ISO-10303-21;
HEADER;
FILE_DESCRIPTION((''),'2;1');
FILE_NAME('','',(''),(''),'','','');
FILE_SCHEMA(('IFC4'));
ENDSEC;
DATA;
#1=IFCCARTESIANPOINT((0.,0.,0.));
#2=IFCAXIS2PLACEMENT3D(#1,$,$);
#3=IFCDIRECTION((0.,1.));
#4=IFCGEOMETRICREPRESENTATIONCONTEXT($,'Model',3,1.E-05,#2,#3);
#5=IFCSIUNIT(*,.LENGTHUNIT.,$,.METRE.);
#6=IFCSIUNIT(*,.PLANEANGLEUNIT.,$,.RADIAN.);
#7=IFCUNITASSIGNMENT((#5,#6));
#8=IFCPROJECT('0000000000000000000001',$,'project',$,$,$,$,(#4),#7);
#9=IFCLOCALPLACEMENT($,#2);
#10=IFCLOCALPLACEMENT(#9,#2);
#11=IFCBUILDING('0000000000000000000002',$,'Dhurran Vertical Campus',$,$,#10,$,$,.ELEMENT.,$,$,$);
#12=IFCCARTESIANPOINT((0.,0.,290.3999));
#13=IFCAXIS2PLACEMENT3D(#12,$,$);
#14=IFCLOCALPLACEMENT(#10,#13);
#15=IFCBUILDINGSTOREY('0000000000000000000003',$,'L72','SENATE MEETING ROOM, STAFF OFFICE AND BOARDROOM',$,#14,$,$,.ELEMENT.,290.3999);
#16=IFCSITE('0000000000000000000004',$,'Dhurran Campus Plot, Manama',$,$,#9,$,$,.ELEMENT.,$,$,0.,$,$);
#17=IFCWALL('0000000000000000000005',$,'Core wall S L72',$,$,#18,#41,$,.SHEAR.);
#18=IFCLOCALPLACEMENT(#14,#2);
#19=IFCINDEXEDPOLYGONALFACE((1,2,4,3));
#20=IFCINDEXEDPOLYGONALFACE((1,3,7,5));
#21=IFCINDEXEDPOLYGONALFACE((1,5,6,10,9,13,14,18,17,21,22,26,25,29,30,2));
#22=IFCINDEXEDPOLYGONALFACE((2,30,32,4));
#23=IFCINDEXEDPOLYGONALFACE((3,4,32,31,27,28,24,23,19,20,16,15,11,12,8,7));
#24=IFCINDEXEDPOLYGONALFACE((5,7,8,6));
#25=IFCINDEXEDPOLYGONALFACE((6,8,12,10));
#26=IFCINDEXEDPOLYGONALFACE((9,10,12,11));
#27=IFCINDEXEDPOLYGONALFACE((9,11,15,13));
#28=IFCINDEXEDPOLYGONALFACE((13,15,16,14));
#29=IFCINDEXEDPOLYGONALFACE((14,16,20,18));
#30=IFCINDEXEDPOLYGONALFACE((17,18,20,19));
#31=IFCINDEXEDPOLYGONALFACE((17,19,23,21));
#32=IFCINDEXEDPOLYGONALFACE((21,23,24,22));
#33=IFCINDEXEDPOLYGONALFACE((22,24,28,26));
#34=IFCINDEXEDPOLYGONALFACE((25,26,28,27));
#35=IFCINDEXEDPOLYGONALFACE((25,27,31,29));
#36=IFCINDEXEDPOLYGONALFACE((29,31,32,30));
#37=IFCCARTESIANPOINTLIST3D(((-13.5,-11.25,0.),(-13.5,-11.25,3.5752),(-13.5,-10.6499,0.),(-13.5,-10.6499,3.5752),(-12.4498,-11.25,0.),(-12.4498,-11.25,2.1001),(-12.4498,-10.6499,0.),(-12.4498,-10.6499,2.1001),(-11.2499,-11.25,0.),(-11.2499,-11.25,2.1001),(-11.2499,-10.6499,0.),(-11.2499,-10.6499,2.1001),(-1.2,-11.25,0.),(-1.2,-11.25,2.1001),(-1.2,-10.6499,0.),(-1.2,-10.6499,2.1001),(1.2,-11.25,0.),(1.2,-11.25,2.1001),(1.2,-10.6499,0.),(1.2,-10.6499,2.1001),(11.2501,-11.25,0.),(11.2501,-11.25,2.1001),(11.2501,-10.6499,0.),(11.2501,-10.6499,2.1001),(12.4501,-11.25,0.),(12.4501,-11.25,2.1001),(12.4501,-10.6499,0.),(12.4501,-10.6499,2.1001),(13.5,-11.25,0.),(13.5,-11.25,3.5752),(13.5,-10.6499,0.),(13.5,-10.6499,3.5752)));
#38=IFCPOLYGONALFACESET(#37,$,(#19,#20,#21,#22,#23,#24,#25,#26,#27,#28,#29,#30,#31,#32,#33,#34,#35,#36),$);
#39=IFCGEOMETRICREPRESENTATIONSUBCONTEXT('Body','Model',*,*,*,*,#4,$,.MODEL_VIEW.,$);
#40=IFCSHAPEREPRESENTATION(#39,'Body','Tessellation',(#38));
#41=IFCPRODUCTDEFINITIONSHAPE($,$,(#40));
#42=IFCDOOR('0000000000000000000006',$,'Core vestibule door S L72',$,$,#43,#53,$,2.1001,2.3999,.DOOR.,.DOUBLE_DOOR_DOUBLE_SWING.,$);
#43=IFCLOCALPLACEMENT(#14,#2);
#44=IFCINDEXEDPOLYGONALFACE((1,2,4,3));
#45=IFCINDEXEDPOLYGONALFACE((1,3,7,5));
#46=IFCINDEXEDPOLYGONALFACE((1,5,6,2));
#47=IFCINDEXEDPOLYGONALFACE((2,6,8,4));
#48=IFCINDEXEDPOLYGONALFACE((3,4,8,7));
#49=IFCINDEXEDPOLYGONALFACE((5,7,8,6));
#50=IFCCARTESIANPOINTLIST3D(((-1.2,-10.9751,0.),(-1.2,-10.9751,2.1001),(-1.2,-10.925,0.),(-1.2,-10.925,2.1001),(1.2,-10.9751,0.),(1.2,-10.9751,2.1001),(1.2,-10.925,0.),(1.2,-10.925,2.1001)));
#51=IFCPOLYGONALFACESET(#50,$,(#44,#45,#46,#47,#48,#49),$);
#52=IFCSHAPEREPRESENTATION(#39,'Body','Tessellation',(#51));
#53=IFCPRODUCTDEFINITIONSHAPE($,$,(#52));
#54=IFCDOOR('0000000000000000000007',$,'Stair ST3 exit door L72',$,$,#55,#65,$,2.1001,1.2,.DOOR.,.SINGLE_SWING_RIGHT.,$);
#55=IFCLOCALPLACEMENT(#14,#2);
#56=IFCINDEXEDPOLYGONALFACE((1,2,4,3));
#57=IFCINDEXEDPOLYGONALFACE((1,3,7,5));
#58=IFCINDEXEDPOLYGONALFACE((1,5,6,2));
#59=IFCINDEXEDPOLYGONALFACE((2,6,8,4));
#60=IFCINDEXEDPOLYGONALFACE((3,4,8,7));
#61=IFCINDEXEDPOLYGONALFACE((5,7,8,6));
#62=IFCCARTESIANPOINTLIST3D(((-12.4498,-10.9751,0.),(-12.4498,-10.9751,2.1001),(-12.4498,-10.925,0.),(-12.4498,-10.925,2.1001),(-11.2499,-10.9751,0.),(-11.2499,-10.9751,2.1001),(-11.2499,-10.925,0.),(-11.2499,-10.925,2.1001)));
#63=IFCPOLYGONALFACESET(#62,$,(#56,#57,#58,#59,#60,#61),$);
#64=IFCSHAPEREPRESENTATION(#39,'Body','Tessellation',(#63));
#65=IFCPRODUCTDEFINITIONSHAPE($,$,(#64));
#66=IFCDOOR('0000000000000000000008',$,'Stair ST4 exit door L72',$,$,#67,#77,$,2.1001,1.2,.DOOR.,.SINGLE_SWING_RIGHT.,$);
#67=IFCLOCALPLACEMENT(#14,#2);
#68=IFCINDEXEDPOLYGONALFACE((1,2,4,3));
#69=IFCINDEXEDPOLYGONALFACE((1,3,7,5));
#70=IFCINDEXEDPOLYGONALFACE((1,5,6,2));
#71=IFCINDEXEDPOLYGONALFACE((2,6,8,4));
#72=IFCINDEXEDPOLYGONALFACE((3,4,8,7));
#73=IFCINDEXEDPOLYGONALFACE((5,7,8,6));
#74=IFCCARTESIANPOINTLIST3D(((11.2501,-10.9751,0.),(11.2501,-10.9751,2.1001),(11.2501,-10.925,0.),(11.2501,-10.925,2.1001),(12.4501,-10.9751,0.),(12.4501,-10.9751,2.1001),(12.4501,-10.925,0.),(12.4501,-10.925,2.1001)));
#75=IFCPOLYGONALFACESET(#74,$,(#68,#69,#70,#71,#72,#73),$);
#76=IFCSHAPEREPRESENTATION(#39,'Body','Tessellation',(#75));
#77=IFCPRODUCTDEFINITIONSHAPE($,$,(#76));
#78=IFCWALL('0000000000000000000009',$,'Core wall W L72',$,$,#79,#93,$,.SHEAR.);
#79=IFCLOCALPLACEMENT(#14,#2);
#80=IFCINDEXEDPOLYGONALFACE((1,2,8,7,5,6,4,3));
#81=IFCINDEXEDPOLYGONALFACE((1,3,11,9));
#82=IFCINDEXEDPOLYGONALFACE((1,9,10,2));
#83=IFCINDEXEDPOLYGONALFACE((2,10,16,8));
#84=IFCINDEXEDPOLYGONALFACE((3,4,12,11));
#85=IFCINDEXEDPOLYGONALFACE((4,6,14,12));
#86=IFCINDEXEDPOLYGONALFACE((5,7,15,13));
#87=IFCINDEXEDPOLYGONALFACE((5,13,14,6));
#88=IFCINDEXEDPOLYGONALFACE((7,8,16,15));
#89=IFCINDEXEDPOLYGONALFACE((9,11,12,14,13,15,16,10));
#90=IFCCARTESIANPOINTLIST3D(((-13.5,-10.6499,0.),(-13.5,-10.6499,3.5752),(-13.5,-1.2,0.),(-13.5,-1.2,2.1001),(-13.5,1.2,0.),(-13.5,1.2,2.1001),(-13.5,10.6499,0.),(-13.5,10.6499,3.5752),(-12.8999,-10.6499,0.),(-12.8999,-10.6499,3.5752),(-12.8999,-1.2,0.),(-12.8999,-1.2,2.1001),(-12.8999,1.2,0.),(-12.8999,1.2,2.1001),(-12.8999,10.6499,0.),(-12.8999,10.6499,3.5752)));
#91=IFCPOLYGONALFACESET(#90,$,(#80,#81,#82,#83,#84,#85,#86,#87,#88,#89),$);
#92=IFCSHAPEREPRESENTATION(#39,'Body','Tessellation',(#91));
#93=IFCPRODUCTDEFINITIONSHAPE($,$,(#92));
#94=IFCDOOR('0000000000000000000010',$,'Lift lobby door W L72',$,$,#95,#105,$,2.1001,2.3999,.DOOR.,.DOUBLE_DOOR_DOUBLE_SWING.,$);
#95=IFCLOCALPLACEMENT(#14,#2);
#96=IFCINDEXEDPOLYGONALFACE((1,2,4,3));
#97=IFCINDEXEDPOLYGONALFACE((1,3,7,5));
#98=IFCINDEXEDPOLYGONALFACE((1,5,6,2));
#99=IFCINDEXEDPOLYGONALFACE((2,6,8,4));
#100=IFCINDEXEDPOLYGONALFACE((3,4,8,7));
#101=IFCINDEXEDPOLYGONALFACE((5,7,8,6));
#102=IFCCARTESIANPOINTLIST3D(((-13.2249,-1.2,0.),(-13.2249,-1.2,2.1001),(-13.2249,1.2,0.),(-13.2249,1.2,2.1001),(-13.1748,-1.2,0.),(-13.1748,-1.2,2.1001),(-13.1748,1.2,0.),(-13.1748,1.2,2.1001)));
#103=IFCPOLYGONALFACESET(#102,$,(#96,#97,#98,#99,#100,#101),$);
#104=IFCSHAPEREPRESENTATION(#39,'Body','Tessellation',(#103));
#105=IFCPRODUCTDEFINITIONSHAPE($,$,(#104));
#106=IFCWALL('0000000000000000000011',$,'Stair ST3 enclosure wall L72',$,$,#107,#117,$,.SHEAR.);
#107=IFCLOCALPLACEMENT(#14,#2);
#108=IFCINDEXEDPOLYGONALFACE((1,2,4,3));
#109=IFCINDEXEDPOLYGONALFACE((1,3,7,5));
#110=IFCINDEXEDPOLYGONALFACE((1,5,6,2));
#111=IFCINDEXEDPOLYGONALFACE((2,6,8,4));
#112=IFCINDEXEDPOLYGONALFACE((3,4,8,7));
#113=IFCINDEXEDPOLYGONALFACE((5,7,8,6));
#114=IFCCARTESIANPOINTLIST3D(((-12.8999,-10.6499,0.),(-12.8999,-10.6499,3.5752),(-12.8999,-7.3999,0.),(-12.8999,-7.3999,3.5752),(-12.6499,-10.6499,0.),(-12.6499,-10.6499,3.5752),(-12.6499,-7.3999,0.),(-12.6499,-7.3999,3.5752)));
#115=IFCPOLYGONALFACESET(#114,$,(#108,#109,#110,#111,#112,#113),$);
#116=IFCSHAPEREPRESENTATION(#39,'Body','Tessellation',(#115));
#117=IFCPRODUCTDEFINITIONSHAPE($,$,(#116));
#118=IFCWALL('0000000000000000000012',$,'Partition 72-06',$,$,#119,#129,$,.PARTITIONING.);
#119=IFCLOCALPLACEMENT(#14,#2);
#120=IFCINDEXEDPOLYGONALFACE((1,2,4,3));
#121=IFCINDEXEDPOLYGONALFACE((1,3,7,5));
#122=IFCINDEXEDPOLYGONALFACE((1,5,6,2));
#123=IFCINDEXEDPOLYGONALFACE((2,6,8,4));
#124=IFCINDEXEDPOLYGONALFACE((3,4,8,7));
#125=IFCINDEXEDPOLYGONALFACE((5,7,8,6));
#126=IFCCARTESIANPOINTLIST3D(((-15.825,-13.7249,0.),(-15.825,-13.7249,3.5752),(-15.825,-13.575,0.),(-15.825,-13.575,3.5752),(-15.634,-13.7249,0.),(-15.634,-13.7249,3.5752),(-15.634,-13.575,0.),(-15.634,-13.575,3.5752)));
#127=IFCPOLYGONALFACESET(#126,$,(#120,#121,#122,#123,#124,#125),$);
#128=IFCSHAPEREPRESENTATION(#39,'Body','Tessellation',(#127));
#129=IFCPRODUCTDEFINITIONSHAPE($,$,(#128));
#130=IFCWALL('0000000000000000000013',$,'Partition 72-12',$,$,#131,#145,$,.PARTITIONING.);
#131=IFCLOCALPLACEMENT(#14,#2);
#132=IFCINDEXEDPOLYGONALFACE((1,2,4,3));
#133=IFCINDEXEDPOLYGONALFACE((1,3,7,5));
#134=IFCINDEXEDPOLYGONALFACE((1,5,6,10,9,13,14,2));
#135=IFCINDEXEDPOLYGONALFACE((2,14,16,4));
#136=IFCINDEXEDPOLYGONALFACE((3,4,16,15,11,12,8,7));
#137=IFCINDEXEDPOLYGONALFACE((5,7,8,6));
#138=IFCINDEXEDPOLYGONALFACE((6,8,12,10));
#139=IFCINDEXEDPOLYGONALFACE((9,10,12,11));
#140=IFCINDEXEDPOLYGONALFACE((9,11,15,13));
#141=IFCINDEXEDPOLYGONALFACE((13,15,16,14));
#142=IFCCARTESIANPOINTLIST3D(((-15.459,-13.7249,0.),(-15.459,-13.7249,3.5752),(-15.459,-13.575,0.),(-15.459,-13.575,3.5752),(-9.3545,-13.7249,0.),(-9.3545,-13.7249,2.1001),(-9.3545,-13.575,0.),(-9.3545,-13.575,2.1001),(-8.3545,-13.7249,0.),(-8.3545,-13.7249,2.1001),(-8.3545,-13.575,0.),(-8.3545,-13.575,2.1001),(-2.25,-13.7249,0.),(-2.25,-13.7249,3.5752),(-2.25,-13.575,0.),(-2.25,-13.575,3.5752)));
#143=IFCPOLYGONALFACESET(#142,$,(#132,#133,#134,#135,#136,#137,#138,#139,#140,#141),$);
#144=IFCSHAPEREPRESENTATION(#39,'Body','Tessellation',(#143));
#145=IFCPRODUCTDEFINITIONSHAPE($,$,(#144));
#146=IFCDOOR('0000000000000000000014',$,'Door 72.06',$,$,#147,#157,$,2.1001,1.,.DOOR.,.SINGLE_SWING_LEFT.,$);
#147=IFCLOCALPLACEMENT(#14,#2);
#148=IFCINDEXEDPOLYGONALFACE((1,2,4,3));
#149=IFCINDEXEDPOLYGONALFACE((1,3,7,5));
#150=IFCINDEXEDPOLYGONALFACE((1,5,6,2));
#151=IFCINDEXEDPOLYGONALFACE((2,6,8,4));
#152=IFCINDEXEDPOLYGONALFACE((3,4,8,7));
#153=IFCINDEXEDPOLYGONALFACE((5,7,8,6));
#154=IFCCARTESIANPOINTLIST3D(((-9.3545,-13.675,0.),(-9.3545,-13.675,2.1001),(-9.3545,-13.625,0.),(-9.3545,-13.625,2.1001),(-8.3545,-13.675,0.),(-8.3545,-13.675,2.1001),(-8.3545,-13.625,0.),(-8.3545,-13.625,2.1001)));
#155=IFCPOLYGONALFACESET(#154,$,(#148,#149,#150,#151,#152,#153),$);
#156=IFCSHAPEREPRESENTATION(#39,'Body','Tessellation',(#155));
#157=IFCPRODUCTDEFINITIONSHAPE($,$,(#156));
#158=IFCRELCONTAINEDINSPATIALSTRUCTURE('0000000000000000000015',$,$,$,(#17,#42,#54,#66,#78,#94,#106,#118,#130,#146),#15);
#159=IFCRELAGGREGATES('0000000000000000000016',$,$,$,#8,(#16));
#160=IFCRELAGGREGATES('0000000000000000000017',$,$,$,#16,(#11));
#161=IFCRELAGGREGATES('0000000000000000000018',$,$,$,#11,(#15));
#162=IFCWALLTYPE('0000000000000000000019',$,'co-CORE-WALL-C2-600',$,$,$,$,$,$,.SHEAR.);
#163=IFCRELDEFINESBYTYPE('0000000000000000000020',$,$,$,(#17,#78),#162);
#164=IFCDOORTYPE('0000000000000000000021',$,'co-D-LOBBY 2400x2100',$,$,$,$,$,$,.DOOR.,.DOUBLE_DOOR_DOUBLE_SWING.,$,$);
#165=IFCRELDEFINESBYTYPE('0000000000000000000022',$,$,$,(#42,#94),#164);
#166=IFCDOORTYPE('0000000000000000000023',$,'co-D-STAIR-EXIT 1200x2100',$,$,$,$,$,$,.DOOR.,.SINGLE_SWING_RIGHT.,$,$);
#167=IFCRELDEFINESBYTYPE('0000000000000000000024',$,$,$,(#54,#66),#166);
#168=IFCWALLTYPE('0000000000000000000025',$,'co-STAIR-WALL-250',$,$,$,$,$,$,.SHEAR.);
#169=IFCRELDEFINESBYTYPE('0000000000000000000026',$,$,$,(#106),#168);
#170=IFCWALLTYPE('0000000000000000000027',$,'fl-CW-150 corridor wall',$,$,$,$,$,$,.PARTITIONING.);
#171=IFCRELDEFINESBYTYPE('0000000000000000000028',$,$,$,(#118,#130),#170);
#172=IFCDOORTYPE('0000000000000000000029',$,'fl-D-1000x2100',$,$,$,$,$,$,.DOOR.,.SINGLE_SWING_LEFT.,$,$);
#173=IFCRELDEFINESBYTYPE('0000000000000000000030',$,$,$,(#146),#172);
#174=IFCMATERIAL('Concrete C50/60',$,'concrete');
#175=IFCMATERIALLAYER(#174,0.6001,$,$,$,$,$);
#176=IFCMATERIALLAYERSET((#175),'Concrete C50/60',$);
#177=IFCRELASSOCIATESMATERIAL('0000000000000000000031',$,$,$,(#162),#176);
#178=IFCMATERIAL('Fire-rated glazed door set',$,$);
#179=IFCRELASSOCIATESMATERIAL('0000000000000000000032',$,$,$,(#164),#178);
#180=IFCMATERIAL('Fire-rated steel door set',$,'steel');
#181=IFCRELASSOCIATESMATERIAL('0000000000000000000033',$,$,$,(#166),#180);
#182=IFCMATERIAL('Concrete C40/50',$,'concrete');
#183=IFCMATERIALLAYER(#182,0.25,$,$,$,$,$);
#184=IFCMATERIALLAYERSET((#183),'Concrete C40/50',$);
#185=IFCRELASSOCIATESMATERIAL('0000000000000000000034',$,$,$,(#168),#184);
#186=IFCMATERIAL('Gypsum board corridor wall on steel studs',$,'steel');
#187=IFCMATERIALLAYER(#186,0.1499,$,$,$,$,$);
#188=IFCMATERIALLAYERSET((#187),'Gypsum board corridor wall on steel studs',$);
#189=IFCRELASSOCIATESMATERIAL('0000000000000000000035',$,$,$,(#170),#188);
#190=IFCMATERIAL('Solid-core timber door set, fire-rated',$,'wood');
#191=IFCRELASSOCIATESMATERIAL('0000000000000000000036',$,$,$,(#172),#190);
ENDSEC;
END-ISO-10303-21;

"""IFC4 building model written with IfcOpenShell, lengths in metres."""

from ifc_helpers import new_model, si_unit, direction, frame, frame_2d, origin, place, context, subcontext, project, spatial, rectangle, extrude, material, layer, layer_set, type_object, element, fill, save


model = new_model("IFC4")

# Units and contexts
model_context = context("Model", 3, precision=1e-05, world=origin(), true_north=direction((0.0, 1.0)))
body_context = subcontext(model_context, "Body", "Model", "MODEL_VIEW")
ifc_project = project(units=[si_unit("LENGTHUNIT", "METRE"), si_unit("PLANEANGLEUNIT", "RADIAN")], contexts=[model_context])

# Site, building, storey
site_placement = place(None, origin())
site = spatial("IfcSite", under=ifc_project, at=site_placement, Name="Dhurran Campus Plot, Manama", CompositionType="ELEMENT", RefElevation=0.0)
building_placement = place(site_placement, origin())
building = spatial("IfcBuilding", under=site, at=building_placement, Name="Dhurran Vertical Campus", CompositionType="ELEMENT")
storey_placement = place(building_placement, frame((0.0, 0.0, 290.3999)))
storey = spatial("IfcBuildingStorey", under=building, at=storey_placement, Name="L72", Description="SENATE MEETING ROOM, STAFF OFFICE AND BOARDROOM", CompositionType="ELEMENT", Elevation=290.3999)

# Wall, openings, doors
ifc_material_1 = material(Name="Concrete C50/60", Category="concrete")
ifc_layer_1 = layer(ifc_material_1, 0.6001)
ifc_layer_set_1 = layer_set([ifc_layer_1], Name="Concrete C50/60")
wall_type_1 = type_object("IfcWallType", Name="co-CORE-WALL-C2-600", PredefinedType="SHEAR", material=ifc_layer_set_1)
wall_1_placement = place(storey_placement, frame((-13.5, -10.95, 0.0), z_axis=(0.0, 0.0, 1.0), x_axis=(1.0, 0.0, 0.0)))
wall_1 = element("IfcWall", 1, at=wall_1_placement, inside=storey, type_object=wall_type_1, Name="Core wall S L72", PredefinedType="SHEAR", context=body_context, shape_type="SweptSolid", body=[
    extrude(rectangle(XDim=27.0, YDim=0.6001, at=frame_2d((13.5, 0.0))), origin(), (0.0, 0.0, 1.0), 3.5752),
])
opening_1_placement = place(wall_1_placement, frame((12.3, 0.0, 0.0)))
opening_1 = element("IfcOpeningElement", 2, at=opening_1_placement, cuts=wall_1, PredefinedType="OPENING", context=body_context, shape_type="SweptSolid", body=[
    extrude(rectangle(XDim=2.3999, YDim=2.1001, at=frame_2d((1.2, 1.05))), frame((0.0, 0.3101, 0.0), z_axis=(0.0, -1.0, 0.0), x_axis=(1.0, 0.0, 0.0)), (0.0, 0.0, 1.0), 0.6201),
])
opening_2_placement = place(wall_1_placement, frame((1.05, 0.0, 0.0)))
opening_2 = element("IfcOpeningElement", 3, at=opening_2_placement, cuts=wall_1, PredefinedType="OPENING", context=body_context, shape_type="SweptSolid", body=[
    extrude(rectangle(XDim=1.2, YDim=2.1001, at=frame_2d((0.6001, 1.05))), frame((0.0, 0.3101, 0.0), z_axis=(0.0, -1.0, 0.0), x_axis=(1.0, 0.0, 0.0)), (0.0, 0.0, 1.0), 0.6201),
])
opening_3_placement = place(wall_1_placement, frame((24.75, 0.0, 0.0)))
opening_3 = element("IfcOpeningElement", 4, at=opening_3_placement, cuts=wall_1, PredefinedType="OPENING", context=body_context, shape_type="SweptSolid", body=[
    extrude(rectangle(XDim=1.2, YDim=2.1001, at=frame_2d((0.6001, 1.05))), frame((0.0, 0.3101, 0.0), z_axis=(0.0, -1.0, 0.0), x_axis=(1.0, 0.0, 0.0)), (0.0, 0.0, 1.0), 0.6201),
])
ifc_material_2 = material(Name="Fire-rated glazed door set")
door_type_1 = type_object("IfcDoorType", Name="co-D-LOBBY 2400x2100", OperationType="DOUBLE_DOOR_DOUBLE_SWING", PredefinedType="DOOR", material=ifc_material_2)
door_1_placement = place(opening_1_placement, origin())
door_1 = element("IfcDoor", 5, at=door_1_placement, inside=storey, type_object=door_type_1, Name="Core vestibule door S L72", OperationType="DOUBLE_DOOR_DOUBLE_SWING", OverallHeight=2.1001, OverallWidth=2.3999, PredefinedType="DOOR", context=body_context, shape_type="SweptSolid", body=[
    extrude(rectangle(XDim=2.3999, YDim=2.1001, at=frame_2d((1.2, 1.05))), frame((0.0, 0.0249, 0.0), z_axis=(0.0, -1.0, 0.0), x_axis=(1.0, 0.0, 0.0)), (0.0, 0.0, 1.0), 0.05),
])
fill(opening_1, door_1)
ifc_material_3 = material(Name="Fire-rated steel door set", Category="steel")
door_type_2 = type_object("IfcDoorType", Name="co-D-STAIR-EXIT 1200x2100", OperationType="SINGLE_SWING_RIGHT", PredefinedType="DOOR", material=ifc_material_3)
door_2_placement = place(opening_2_placement, origin())
door_2 = element("IfcDoor", 6, at=door_2_placement, inside=storey, type_object=door_type_2, Name="Stair ST3 exit door L72", OperationType="SINGLE_SWING_RIGHT", OverallHeight=2.1001, OverallWidth=1.2, PredefinedType="DOOR", context=body_context, shape_type="SweptSolid", body=[
    extrude(rectangle(XDim=1.2, YDim=2.1001, at=frame_2d((0.6001, 1.05))), frame((0.0, 0.0249, 0.0), z_axis=(0.0, -1.0, 0.0), x_axis=(1.0, 0.0, 0.0)), (0.0, 0.0, 1.0), 0.05),
])
fill(opening_2, door_2)
door_3_placement = place(opening_3_placement, origin())
door_3 = element("IfcDoor", 7, at=door_3_placement, inside=storey, type_object=door_type_2, Name="Stair ST4 exit door L72", OperationType="SINGLE_SWING_RIGHT", OverallHeight=2.1001, OverallWidth=1.2, PredefinedType="DOOR", context=body_context, shape_type="SweptSolid", body=[
    extrude(rectangle(XDim=1.2, YDim=2.1001, at=frame_2d((0.6001, 1.05))), frame((0.0, 0.0249, 0.0), z_axis=(0.0, -1.0, 0.0), x_axis=(1.0, 0.0, 0.0)), (0.0, 0.0, 1.0), 0.05),
])
fill(opening_3, door_3)

# Wall, opening, door
wall_2_placement = place(storey_placement, frame((-13.2, -10.6499, 0.0), z_axis=(0.0, 0.0, 1.0), x_axis=(0.0, 1.0, 0.0)))
wall_2 = element("IfcWall", 8, at=wall_2_placement, inside=storey, type_object=wall_type_1, Name="Core wall W L72", PredefinedType="SHEAR", context=body_context, shape_type="SweptSolid", body=[
    extrude(rectangle(XDim=21.2998, YDim=0.6001, at=frame_2d((10.6499, 0.0))), origin(), (0.0, 0.0, 1.0), 3.5752),
])
opening_4_placement = place(wall_2_placement, frame((9.45, 0.0, 0.0)))
opening_4 = element("IfcOpeningElement", 9, at=opening_4_placement, cuts=wall_2, PredefinedType="OPENING", context=body_context, shape_type="SweptSolid", body=[
    extrude(rectangle(XDim=2.3999, YDim=2.1001, at=frame_2d((1.2, 1.05))), frame((0.0, 0.3101, 0.0), z_axis=(0.0, -1.0, 0.0), x_axis=(1.0, 0.0, 0.0)), (0.0, 0.0, 1.0), 0.6201),
])
door_4_placement = place(opening_4_placement, origin())
door_4 = element("IfcDoor", 10, at=door_4_placement, inside=storey, type_object=door_type_1, Name="Lift lobby door W L72", OperationType="DOUBLE_DOOR_DOUBLE_SWING", OverallHeight=2.1001, OverallWidth=2.3999, PredefinedType="DOOR", context=body_context, shape_type="SweptSolid", body=[
    extrude(rectangle(XDim=2.3999, YDim=2.1001, at=frame_2d((1.2, 1.05))), frame((0.0, 0.0249, 0.0), z_axis=(0.0, -1.0, 0.0), x_axis=(1.0, 0.0, 0.0)), (0.0, 0.0, 1.0), 0.05),
])
fill(opening_4, door_4)

# Walls
ifc_material_4 = material(Name="Concrete C40/50", Category="concrete")
ifc_layer_2 = layer(ifc_material_4, 0.25)
ifc_layer_set_2 = layer_set([ifc_layer_2], Name="Concrete C40/50")
wall_type_2 = type_object("IfcWallType", Name="co-STAIR-WALL-250", PredefinedType="SHEAR", material=ifc_layer_set_2)
wall_3_placement = place(storey_placement, frame((-12.7749, -10.6499, 0.0), z_axis=(0.0, 0.0, 1.0), x_axis=(0.0, 1.0, 0.0)))
element("IfcWall", 11, at=wall_3_placement, inside=storey, type_object=wall_type_2, Name="Stair ST3 enclosure wall L72", PredefinedType="SHEAR", context=body_context, shape_type="SweptSolid", body=[
    extrude(rectangle(XDim=3.25, YDim=0.25, at=frame_2d((1.625, 0.0))), origin(), (0.0, 0.0, 1.0), 3.5752),
])
ifc_material_5 = material(Name="Gypsum board corridor wall on steel studs", Category="steel")
ifc_layer_3 = layer(ifc_material_5, 0.1499)
ifc_layer_set_3 = layer_set([ifc_layer_3], Name="Gypsum board corridor wall on steel studs")
wall_type_3 = type_object("IfcWallType", Name="fl-CW-150 corridor wall", PredefinedType="PARTITIONING", material=ifc_layer_set_3)
wall_4_placement = place(storey_placement, frame((-15.825, -13.6499, 0.0), z_axis=(0.0, 0.0, 1.0), x_axis=(1.0, 0.0, 0.0)))
element("IfcWall", 12, at=wall_4_placement, inside=storey, type_object=wall_type_3, Name="Partition 72-06", PredefinedType="PARTITIONING", context=body_context, shape_type="SweptSolid", body=[
    extrude(rectangle(XDim=0.1909, YDim=0.1499, at=frame_2d((0.0955, 0.0))), origin(), (0.0, 0.0, 1.0), 3.5752),
])

# Wall, opening, door
wall_5_placement = place(storey_placement, frame((-15.459, -13.6499, 0.0), z_axis=(0.0, 0.0, 1.0), x_axis=(1.0, 0.0, 0.0)))
wall_5 = element("IfcWall", 13, at=wall_5_placement, inside=storey, type_object=wall_type_3, Name="Partition 72-12", PredefinedType="PARTITIONING", context=body_context, shape_type="SweptSolid", body=[
    extrude(rectangle(XDim=13.209, YDim=0.1499, at=frame_2d((6.6045, 0.0))), origin(), (0.0, 0.0, 1.0), 3.5752),
])
opening_5_placement = place(wall_5_placement, frame((6.1045, 0.0, 0.0)))
opening_5 = element("IfcOpeningElement", 14, at=opening_5_placement, cuts=wall_5, PredefinedType="OPENING", context=body_context, shape_type="SweptSolid", body=[
    extrude(rectangle(XDim=1.0, YDim=2.1001, at=frame_2d((0.5, 1.05))), frame((0.0, 0.085, 0.0), z_axis=(0.0, -1.0, 0.0), x_axis=(1.0, 0.0, 0.0)), (0.0, 0.0, 1.0), 0.1699),
])
ifc_material_6 = material(Name="Solid-core timber door set, fire-rated", Category="wood")
door_type_3 = type_object("IfcDoorType", Name="fl-D-1000x2100", OperationType="SINGLE_SWING_LEFT", PredefinedType="DOOR", material=ifc_material_6)
door_5_placement = place(opening_5_placement, origin())
door_5 = element("IfcDoor", 15, at=door_5_placement, inside=storey, type_object=door_type_3, Name="Door 72.06", OperationType="SINGLE_SWING_LEFT", OverallHeight=2.1001, OverallWidth=1.0, PredefinedType="DOOR", context=body_context, shape_type="SweptSolid", body=[
    extrude(rectangle(XDim=1.0, YDim=2.1001, at=frame_2d((0.5, 1.05))), frame((0.0, 0.0249, 0.0), z_axis=(0.0, -1.0, 0.0), x_axis=(1.0, 0.0, 0.0)), (0.0, 0.0, 1.0), 0.05),
])
fill(opening_5, door_5)

save(model, "model.ifc")
